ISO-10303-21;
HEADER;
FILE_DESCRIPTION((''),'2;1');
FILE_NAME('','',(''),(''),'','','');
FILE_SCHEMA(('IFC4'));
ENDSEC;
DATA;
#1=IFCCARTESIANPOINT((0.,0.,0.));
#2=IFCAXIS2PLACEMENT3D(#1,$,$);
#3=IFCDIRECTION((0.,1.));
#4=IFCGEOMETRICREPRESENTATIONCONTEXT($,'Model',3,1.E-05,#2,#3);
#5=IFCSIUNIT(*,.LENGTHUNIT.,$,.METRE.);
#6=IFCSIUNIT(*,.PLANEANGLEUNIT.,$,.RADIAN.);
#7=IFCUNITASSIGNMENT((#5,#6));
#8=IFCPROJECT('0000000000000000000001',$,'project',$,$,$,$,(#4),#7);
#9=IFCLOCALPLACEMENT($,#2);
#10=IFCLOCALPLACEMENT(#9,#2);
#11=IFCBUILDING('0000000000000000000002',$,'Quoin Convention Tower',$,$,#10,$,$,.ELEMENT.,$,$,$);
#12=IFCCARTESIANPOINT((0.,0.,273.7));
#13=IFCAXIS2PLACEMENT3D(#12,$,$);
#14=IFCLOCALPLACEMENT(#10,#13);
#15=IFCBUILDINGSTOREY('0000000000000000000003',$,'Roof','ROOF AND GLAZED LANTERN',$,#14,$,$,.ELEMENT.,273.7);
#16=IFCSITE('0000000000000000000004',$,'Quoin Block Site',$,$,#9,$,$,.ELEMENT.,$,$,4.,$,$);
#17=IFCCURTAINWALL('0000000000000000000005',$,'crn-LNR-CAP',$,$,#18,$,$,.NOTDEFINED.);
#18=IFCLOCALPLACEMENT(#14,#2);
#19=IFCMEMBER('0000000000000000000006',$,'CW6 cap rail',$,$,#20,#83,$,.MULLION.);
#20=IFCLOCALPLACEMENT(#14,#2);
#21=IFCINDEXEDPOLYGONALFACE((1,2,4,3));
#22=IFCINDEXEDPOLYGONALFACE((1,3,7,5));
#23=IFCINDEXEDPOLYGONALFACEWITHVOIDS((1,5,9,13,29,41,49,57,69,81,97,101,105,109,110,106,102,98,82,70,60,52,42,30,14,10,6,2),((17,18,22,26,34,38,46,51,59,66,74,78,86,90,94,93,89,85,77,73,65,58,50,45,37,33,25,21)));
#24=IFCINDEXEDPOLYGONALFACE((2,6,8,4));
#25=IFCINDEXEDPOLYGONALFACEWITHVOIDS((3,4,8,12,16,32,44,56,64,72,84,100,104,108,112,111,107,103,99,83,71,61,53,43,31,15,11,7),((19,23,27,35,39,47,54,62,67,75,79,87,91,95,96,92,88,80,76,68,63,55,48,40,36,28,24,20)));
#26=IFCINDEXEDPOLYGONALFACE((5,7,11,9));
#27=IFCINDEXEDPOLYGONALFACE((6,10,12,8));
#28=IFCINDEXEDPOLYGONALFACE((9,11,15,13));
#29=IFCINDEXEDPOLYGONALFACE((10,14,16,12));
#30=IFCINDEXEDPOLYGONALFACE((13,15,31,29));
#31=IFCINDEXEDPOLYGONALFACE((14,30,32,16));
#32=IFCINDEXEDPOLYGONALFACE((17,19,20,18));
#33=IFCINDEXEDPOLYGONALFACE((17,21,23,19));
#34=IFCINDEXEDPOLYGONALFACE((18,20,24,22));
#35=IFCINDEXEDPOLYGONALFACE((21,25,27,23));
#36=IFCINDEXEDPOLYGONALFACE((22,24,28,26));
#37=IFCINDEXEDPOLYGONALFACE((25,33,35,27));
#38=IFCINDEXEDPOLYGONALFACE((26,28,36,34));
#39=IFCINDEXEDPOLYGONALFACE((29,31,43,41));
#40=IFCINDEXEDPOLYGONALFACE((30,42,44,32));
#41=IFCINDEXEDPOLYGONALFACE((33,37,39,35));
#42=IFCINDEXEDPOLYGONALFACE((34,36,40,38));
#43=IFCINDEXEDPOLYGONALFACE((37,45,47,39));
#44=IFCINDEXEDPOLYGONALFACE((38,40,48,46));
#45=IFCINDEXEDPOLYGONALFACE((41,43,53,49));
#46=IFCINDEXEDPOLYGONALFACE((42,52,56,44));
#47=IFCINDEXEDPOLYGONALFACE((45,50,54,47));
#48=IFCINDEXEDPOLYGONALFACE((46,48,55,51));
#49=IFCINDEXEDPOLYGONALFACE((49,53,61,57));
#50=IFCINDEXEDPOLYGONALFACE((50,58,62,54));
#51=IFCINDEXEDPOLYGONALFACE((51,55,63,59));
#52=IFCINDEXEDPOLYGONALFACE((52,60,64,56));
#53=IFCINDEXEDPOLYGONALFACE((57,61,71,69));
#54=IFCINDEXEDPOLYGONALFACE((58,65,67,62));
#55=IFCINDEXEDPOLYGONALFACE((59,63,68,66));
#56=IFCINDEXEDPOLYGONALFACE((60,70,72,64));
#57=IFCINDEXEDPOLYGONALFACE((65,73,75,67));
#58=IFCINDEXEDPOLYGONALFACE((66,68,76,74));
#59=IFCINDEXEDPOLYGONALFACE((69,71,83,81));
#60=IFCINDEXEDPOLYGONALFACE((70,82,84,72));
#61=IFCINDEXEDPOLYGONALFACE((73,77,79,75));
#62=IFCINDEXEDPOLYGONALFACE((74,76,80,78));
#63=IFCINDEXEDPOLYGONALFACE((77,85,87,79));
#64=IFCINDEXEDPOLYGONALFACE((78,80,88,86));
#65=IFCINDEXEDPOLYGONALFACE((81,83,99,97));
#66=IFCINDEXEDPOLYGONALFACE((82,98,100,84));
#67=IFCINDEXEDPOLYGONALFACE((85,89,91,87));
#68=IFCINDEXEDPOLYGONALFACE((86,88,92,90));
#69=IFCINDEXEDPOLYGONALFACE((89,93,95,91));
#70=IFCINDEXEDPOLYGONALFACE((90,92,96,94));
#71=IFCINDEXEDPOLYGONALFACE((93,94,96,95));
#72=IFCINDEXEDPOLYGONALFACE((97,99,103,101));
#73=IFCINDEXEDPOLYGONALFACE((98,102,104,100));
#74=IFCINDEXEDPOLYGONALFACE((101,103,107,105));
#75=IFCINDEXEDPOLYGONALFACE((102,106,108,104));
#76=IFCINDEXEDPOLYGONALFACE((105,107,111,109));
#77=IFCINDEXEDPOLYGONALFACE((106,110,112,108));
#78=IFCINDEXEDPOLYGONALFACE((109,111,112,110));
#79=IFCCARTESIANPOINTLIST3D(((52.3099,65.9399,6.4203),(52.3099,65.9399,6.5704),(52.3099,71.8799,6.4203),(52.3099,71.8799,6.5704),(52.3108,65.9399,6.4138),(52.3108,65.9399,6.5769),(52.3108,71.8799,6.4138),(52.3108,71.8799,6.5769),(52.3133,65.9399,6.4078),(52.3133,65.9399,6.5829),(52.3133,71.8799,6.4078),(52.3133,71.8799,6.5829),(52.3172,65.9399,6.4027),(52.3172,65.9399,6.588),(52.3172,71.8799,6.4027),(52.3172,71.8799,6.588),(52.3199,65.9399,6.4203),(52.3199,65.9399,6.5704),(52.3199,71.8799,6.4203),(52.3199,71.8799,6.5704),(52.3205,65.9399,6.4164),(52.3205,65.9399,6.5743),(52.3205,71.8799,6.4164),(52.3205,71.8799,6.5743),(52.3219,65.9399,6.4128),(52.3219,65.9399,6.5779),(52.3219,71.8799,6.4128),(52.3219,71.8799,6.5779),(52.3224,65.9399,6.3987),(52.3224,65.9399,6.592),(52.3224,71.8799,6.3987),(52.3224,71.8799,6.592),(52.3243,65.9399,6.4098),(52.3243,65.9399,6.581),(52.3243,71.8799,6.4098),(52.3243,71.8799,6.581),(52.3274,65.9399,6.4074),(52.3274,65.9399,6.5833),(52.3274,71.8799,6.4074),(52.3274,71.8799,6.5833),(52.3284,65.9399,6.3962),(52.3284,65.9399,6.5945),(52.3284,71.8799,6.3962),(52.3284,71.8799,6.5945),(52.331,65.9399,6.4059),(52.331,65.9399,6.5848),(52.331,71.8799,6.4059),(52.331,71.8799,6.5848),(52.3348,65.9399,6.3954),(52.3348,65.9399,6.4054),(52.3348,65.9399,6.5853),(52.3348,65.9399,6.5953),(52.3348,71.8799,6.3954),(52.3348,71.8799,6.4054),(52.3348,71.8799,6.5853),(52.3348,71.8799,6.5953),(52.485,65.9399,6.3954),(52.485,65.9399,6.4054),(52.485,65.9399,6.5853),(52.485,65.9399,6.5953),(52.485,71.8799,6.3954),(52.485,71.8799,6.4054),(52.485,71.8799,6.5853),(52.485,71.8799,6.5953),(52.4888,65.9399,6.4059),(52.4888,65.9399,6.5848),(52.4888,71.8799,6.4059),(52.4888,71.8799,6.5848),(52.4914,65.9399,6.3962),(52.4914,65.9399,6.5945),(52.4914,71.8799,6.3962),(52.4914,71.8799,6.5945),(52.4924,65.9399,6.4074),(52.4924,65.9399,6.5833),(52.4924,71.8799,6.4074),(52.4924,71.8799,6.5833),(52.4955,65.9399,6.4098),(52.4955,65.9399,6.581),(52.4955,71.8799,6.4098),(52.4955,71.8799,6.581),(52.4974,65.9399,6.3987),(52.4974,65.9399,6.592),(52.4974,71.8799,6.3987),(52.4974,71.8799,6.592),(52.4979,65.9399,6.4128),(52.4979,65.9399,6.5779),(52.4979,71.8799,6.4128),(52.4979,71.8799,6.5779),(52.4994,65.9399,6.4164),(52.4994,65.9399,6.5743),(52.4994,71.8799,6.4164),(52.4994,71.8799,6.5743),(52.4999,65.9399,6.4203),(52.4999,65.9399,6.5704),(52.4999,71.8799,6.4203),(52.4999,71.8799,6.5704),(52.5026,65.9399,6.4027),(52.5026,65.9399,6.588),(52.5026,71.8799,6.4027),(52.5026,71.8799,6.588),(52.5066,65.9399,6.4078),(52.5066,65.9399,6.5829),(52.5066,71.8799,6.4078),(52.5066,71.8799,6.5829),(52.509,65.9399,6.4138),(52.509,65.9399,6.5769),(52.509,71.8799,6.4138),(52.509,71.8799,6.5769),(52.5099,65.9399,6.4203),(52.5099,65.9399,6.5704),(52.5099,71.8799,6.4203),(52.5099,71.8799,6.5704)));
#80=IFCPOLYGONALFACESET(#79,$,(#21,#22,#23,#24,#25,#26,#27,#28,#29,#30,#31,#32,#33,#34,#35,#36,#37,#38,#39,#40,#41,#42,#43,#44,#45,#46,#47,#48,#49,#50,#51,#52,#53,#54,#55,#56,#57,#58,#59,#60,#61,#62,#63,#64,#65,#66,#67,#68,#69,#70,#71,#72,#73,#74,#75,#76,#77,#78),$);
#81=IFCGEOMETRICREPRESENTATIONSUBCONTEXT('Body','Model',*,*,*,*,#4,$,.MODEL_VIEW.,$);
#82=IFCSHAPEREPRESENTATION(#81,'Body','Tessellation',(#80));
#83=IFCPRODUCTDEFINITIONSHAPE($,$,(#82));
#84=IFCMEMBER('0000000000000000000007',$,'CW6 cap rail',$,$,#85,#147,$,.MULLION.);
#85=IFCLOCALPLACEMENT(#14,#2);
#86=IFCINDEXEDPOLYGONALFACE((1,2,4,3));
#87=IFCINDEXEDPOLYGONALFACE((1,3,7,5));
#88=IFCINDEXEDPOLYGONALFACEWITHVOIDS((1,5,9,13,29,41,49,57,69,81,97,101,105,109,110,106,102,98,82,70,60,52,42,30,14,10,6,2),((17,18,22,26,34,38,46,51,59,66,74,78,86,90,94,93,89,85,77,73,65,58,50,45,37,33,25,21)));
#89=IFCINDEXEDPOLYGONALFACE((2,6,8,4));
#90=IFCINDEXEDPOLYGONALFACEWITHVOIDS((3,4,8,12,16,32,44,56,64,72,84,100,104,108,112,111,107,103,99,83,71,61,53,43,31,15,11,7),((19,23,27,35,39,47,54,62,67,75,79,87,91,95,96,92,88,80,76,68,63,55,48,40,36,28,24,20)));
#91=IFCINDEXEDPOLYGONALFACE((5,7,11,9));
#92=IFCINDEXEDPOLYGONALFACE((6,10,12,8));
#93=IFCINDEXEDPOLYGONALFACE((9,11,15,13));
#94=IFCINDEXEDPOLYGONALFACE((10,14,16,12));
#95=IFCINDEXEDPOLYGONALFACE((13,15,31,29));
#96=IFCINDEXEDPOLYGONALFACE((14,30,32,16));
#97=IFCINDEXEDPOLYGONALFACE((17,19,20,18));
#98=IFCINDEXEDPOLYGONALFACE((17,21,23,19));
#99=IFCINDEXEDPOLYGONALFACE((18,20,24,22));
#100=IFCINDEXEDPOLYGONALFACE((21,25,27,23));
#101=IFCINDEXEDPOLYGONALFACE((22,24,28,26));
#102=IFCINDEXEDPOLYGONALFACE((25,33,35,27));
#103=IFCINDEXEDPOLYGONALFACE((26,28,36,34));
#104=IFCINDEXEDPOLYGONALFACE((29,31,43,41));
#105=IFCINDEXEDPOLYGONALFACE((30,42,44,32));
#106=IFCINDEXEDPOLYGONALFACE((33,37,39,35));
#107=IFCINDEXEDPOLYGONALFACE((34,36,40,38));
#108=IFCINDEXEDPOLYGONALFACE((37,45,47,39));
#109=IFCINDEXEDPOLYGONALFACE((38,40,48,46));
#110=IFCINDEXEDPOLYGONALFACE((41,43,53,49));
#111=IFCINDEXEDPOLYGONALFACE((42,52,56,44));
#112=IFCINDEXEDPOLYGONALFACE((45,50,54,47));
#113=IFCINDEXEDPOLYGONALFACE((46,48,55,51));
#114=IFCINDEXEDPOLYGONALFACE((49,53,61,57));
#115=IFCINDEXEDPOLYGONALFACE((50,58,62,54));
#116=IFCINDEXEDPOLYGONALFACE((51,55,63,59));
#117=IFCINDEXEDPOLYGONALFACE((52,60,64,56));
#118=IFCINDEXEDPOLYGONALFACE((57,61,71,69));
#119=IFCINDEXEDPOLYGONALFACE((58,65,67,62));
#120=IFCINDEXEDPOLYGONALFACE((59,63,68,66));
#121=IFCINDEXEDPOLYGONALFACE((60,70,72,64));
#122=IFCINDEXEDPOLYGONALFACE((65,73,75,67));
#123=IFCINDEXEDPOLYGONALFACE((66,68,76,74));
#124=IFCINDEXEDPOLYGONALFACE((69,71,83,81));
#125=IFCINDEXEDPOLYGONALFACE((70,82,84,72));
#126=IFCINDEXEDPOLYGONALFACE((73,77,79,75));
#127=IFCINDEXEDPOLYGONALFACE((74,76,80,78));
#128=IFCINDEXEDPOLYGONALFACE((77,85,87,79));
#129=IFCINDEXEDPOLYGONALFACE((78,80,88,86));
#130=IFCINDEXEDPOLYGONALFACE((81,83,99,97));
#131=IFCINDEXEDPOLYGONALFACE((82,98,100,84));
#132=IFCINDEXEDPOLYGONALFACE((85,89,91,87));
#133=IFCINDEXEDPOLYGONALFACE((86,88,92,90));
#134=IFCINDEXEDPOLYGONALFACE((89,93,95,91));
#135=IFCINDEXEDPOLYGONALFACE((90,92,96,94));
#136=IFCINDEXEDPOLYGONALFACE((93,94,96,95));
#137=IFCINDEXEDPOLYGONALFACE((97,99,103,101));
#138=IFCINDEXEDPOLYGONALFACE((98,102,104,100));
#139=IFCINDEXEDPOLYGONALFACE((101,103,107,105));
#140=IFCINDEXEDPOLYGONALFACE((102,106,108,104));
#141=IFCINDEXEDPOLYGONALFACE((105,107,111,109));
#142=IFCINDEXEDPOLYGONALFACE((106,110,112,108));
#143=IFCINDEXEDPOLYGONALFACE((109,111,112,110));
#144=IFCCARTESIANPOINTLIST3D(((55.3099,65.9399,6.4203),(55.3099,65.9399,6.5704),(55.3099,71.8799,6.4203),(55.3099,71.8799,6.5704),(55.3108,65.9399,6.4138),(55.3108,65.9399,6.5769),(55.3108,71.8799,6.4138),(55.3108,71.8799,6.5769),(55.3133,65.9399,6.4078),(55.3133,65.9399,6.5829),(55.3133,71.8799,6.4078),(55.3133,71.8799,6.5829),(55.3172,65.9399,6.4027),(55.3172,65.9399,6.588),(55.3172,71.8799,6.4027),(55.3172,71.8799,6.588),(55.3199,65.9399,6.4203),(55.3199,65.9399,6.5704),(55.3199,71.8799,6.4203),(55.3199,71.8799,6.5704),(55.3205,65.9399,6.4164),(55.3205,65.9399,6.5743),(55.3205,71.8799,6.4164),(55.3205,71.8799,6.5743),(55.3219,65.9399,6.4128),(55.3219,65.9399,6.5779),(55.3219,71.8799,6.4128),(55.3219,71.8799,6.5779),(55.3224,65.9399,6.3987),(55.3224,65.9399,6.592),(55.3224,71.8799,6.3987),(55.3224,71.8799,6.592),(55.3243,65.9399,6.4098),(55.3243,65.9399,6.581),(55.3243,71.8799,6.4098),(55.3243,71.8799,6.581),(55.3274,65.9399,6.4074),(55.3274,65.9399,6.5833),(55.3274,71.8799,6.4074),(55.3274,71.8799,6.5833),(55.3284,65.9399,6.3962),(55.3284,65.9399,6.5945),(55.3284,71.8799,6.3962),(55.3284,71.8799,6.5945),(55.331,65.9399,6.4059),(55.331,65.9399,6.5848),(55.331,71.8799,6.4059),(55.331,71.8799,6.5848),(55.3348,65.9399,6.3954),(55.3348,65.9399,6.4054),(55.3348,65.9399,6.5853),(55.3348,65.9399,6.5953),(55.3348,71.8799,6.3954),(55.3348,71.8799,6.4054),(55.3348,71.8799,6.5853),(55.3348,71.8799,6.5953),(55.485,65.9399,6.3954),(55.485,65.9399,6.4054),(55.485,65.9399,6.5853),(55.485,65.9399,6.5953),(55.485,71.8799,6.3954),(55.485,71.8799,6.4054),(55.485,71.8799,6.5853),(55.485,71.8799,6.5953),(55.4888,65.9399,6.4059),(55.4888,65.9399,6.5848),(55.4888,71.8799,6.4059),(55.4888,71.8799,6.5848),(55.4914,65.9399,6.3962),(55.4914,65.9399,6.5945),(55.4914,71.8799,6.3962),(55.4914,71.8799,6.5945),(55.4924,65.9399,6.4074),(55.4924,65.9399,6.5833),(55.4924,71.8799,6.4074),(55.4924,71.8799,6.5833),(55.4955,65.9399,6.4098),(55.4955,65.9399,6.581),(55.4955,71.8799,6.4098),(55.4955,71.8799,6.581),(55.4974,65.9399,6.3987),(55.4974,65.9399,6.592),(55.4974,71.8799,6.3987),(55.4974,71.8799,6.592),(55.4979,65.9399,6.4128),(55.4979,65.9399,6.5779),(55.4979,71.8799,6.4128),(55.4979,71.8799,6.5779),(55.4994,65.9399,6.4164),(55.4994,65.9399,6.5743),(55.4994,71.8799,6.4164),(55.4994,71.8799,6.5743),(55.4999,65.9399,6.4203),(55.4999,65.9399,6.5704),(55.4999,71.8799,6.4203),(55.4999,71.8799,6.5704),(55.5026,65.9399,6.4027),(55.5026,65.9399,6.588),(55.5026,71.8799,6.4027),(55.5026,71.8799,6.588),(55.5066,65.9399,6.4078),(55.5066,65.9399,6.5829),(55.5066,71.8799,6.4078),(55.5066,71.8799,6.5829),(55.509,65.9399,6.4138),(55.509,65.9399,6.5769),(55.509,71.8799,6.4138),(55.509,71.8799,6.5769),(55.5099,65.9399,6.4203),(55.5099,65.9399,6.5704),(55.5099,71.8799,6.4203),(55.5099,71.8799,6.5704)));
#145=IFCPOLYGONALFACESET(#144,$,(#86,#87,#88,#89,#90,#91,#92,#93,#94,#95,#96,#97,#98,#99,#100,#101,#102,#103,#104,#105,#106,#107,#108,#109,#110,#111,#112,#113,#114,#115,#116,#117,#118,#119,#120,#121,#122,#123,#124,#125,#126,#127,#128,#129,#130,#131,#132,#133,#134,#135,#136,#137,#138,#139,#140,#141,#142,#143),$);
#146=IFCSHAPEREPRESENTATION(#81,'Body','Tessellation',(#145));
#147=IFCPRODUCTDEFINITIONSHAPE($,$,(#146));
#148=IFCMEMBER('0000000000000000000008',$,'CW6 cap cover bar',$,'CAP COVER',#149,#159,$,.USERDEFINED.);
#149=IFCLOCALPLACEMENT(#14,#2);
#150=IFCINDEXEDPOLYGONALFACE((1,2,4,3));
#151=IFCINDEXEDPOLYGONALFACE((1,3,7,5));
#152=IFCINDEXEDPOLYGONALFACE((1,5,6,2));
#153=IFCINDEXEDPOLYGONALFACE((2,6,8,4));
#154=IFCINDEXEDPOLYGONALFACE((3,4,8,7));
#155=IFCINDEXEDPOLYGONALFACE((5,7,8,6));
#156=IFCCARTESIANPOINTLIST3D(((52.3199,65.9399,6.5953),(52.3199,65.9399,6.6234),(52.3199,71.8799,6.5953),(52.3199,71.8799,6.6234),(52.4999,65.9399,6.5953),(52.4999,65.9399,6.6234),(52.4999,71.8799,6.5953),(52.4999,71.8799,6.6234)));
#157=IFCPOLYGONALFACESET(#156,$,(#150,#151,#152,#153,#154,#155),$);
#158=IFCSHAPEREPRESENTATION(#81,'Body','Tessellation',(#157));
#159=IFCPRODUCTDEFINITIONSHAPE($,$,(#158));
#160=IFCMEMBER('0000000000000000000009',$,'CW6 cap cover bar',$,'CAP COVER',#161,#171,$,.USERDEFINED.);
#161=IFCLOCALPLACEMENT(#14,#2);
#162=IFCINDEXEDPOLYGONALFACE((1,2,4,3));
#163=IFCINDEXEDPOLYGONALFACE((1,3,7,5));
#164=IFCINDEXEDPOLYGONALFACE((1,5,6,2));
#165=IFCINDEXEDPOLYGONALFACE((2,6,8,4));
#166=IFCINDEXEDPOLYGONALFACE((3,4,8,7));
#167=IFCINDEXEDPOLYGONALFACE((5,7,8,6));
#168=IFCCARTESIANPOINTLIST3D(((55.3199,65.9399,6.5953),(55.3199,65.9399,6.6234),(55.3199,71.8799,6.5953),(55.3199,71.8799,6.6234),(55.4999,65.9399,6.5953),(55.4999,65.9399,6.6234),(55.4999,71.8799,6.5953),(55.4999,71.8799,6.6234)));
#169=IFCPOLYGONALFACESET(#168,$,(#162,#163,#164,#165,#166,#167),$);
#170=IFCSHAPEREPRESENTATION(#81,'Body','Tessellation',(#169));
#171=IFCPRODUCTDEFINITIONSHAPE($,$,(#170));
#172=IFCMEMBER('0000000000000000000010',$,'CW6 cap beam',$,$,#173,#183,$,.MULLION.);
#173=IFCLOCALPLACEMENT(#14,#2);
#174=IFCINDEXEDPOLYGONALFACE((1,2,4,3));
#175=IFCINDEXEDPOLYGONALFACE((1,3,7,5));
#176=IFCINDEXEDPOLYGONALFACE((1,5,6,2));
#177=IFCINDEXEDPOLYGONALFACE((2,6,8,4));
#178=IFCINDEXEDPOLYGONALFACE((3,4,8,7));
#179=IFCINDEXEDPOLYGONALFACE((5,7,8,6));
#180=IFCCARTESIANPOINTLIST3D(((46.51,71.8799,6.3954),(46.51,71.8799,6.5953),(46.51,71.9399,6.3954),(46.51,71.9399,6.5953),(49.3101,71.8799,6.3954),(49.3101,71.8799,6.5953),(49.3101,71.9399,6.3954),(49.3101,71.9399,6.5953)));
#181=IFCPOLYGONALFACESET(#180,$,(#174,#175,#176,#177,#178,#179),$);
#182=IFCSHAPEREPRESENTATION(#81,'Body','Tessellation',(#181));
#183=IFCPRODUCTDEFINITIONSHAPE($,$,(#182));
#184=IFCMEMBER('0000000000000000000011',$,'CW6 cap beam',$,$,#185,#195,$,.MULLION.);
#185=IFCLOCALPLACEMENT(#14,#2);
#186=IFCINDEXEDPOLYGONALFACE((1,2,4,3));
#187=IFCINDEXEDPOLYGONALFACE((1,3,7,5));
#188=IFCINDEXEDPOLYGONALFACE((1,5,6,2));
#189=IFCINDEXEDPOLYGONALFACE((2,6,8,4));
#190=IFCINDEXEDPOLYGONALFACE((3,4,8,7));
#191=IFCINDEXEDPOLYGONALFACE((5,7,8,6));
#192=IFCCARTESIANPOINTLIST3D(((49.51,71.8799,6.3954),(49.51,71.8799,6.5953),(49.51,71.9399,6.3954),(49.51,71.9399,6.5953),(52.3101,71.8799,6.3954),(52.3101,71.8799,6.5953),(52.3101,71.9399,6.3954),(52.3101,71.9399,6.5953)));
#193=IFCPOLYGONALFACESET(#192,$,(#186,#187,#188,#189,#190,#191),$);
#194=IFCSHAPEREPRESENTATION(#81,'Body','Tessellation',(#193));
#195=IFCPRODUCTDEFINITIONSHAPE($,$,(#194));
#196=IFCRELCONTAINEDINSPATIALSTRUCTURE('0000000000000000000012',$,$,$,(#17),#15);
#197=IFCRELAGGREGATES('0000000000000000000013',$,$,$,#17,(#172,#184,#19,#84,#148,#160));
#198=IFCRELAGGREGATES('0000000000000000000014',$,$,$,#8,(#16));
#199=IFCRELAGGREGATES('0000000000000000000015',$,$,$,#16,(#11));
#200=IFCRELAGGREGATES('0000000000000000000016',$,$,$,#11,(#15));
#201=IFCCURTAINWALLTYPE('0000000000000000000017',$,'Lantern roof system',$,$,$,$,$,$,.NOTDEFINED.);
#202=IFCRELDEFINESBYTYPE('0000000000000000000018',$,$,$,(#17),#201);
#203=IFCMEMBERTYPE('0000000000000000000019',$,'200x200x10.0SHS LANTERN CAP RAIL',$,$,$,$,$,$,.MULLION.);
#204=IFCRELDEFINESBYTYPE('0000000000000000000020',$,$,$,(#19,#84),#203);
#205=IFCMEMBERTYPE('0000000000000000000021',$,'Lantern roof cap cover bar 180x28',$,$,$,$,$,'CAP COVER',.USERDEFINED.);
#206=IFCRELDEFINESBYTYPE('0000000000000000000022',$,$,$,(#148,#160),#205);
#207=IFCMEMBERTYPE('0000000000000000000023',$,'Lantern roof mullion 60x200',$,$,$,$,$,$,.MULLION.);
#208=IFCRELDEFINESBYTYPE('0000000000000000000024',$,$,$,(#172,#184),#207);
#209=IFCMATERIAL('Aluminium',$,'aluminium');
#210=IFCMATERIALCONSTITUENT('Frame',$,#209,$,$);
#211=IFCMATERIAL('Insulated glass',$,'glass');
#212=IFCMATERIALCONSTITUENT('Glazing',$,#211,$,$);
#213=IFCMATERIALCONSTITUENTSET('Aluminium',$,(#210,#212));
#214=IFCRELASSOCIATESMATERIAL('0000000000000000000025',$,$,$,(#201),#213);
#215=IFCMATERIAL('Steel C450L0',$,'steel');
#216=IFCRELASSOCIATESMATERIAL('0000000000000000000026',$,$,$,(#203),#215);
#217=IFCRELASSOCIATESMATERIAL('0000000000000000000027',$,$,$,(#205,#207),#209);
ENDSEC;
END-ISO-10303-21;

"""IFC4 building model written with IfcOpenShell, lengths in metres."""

from ifc_helpers import new_model, si_unit, direction, frame, origin, origin_2d, place, context, subcontext, project, spatial, rectangle, hollow_rectangle, extrude, material, constituent, constituent_set, material_profile, profile_set, type_object, element, aggregate, save


model = new_model("IFC4")

# Units and contexts
model_context = context("Model", 3, precision=1e-05, world=origin(), true_north=direction((0.0, 1.0)))
body_context = subcontext(model_context, "Body", "Model", "MODEL_VIEW")
ifc_project = project(units=[si_unit("LENGTHUNIT", "METRE"), si_unit("PLANEANGLEUNIT", "RADIAN")], contexts=[model_context])

# Site, building, storey
site_placement = place(None, origin())
site = spatial("IfcSite", under=ifc_project, at=site_placement, Name="Quoin Block Site", CompositionType="ELEMENT", RefElevation=4.0)
building_placement = place(site_placement, origin())
building = spatial("IfcBuilding", under=site, at=building_placement, Name="Quoin Convention Tower", CompositionType="ELEMENT")
storey_placement = place(building_placement, frame((0.0, 0.0, 273.7)))
storey = spatial("IfcBuildingStorey", under=building, at=storey_placement, Name="Roof", Description="ROOF AND GLAZED LANTERN", CompositionType="ELEMENT", Elevation=273.7)

# Shared definitions
ifc_material_1 = material(Name="Steel C450L0", Category="steel")

# Curtain wall, members
ifc_material_2 = material(Name="Aluminium", Category="aluminium")
ifc_constituent_1 = constituent(ifc_material_2, Name="Frame")
ifc_material_3 = material(Name="Insulated glass", Category="glass")
ifc_constituent_2 = constituent(ifc_material_3, Name="Glazing")
ifc_constituent_set = constituent_set(constituents=[ifc_constituent_1, ifc_constituent_2], Name="Aluminium")
curtain_wall_type = type_object("IfcCurtainWallType", Name="Lantern roof system", PredefinedType="NOTDEFINED", material=ifc_constituent_set)
curtain_wall_placement = place(storey_placement, origin())
curtain_wall = element("IfcCurtainWall", 1, at=curtain_wall_placement, inside=storey, type_object=curtain_wall_type, Name="crn-LNR-CAP", PredefinedType="NOTDEFINED")
ifc_material_profile_1 = material_profile(ifc_material_1, hollow_rectangle(XDim=0.2, YDim=0.2, WallThickness=0.01, InnerFilletRadius=0.0149, OuterFilletRadius=0.0249, at=origin_2d()), Name="200x200x10.0SHS")
ifc_profile_set_1 = profile_set([ifc_material_profile_1], Name="Steel C450L0")
member_type_1 = type_object("IfcMemberType", Name="200x200x10.0SHS LANTERN CAP RAIL", PredefinedType="MULLION", material=ifc_profile_set_1)
member_1_placement = place(storey_placement, frame((52.4099, 65.9399, 6.4954), z_axis=(0.0, 1.0, 0.0), x_axis=(-1.0, 0.0, 0.0)))
member_1 = element("IfcMember", 2, at=member_1_placement, type_object=member_type_1, Name="CW6 cap rail", PredefinedType="MULLION", context=body_context, shape_type="SweptSolid", body=[
    extrude(hollow_rectangle(XDim=0.2, YDim=0.2, WallThickness=0.01, InnerFilletRadius=0.0149, OuterFilletRadius=0.0249, at=origin_2d()), origin(), (0.0, 0.0, 1.0), 5.9399),
])
member_2_placement = place(storey_placement, frame((55.4099, 65.9399, 6.4954), z_axis=(0.0, 1.0, 0.0), x_axis=(-1.0, 0.0, 0.0)))
member_2 = element("IfcMember", 3, at=member_2_placement, type_object=member_type_1, Name="CW6 cap rail", PredefinedType="MULLION", context=body_context, shape_type="SweptSolid", body=[
    extrude(hollow_rectangle(XDim=0.2, YDim=0.2, WallThickness=0.01, InnerFilletRadius=0.0149, OuterFilletRadius=0.0249, at=origin_2d()), origin(), (0.0, 0.0, 1.0), 5.9399),
])
ifc_material_profile_2 = material_profile(ifc_material_2, rectangle(XDim=0.0281, YDim=0.1799, at=origin_2d()), Name="Lantern roof cap cover bar 180x28")
ifc_profile_set_2 = profile_set([ifc_material_profile_2], Name="Aluminium")
member_type_2 = type_object("IfcMemberType", Name="Lantern roof cap cover bar 180x28", ElementType="CAP COVER", PredefinedType="USERDEFINED", material=ifc_profile_set_2)
member_3_placement = place(storey_placement, frame((52.4099, 65.9399, 6.6094), z_axis=(0.0, 1.0, 0.0), x_axis=(0.0, 0.0, 1.0)))
member_3 = element("IfcMember", 4, at=member_3_placement, type_object=member_type_2, Name="CW6 cap cover bar", ObjectType="CAP COVER", PredefinedType="USERDEFINED", context=body_context, shape_type="SweptSolid", body=[
    extrude(rectangle(XDim=0.0281, YDim=0.1799, at=origin_2d()), origin(), (0.0, 0.0, 1.0), 5.9399),
])
member_4_placement = place(storey_placement, frame((55.4099, 65.9399, 6.6094), z_axis=(0.0, 1.0, 0.0), x_axis=(0.0, 0.0, 1.0)))
member_4 = element("IfcMember", 5, at=member_4_placement, type_object=member_type_2, Name="CW6 cap cover bar", ObjectType="CAP COVER", PredefinedType="USERDEFINED", context=body_context, shape_type="SweptSolid", body=[
    extrude(rectangle(XDim=0.0281, YDim=0.1799, at=origin_2d()), origin(), (0.0, 0.0, 1.0), 5.9399),
])
ifc_material_profile_3 = material_profile(ifc_material_2, rectangle(XDim=0.2, YDim=0.0601, at=origin_2d()), Name="Lantern roof mullion 60x200")
ifc_profile_set_3 = profile_set([ifc_material_profile_3], Name="Aluminium")
member_type_3 = type_object("IfcMemberType", Name="Lantern roof mullion 60x200", PredefinedType="MULLION", material=ifc_profile_set_3)
member_5_placement = place(storey_placement, frame((46.51, 71.9099, 6.4954), z_axis=(1.0, 0.0, 0.0), x_axis=(0.0, 0.0, 1.0)))
member_5 = element("IfcMember", 6, at=member_5_placement, type_object=member_type_3, Name="CW6 cap beam", PredefinedType="MULLION", context=body_context, shape_type="SweptSolid", body=[
    extrude(rectangle(XDim=0.2, YDim=0.0601, at=origin_2d()), origin(), (0.0, 0.0, 1.0), 2.8),
])
member_6_placement = place(storey_placement, frame((49.51, 71.9099, 6.4954), z_axis=(1.0, 0.0, 0.0), x_axis=(0.0, 0.0, 1.0)))
member_6 = element("IfcMember", 7, at=member_6_placement, type_object=member_type_3, Name="CW6 cap beam", PredefinedType="MULLION", context=body_context, shape_type="SweptSolid", body=[
    extrude(rectangle(XDim=0.2, YDim=0.0601, at=origin_2d()), origin(), (0.0, 0.0, 1.0), 2.8),
])
aggregate(curtain_wall, [member_5, member_6, member_1, member_2, member_3, member_4])

save(model, "model.ifc")
